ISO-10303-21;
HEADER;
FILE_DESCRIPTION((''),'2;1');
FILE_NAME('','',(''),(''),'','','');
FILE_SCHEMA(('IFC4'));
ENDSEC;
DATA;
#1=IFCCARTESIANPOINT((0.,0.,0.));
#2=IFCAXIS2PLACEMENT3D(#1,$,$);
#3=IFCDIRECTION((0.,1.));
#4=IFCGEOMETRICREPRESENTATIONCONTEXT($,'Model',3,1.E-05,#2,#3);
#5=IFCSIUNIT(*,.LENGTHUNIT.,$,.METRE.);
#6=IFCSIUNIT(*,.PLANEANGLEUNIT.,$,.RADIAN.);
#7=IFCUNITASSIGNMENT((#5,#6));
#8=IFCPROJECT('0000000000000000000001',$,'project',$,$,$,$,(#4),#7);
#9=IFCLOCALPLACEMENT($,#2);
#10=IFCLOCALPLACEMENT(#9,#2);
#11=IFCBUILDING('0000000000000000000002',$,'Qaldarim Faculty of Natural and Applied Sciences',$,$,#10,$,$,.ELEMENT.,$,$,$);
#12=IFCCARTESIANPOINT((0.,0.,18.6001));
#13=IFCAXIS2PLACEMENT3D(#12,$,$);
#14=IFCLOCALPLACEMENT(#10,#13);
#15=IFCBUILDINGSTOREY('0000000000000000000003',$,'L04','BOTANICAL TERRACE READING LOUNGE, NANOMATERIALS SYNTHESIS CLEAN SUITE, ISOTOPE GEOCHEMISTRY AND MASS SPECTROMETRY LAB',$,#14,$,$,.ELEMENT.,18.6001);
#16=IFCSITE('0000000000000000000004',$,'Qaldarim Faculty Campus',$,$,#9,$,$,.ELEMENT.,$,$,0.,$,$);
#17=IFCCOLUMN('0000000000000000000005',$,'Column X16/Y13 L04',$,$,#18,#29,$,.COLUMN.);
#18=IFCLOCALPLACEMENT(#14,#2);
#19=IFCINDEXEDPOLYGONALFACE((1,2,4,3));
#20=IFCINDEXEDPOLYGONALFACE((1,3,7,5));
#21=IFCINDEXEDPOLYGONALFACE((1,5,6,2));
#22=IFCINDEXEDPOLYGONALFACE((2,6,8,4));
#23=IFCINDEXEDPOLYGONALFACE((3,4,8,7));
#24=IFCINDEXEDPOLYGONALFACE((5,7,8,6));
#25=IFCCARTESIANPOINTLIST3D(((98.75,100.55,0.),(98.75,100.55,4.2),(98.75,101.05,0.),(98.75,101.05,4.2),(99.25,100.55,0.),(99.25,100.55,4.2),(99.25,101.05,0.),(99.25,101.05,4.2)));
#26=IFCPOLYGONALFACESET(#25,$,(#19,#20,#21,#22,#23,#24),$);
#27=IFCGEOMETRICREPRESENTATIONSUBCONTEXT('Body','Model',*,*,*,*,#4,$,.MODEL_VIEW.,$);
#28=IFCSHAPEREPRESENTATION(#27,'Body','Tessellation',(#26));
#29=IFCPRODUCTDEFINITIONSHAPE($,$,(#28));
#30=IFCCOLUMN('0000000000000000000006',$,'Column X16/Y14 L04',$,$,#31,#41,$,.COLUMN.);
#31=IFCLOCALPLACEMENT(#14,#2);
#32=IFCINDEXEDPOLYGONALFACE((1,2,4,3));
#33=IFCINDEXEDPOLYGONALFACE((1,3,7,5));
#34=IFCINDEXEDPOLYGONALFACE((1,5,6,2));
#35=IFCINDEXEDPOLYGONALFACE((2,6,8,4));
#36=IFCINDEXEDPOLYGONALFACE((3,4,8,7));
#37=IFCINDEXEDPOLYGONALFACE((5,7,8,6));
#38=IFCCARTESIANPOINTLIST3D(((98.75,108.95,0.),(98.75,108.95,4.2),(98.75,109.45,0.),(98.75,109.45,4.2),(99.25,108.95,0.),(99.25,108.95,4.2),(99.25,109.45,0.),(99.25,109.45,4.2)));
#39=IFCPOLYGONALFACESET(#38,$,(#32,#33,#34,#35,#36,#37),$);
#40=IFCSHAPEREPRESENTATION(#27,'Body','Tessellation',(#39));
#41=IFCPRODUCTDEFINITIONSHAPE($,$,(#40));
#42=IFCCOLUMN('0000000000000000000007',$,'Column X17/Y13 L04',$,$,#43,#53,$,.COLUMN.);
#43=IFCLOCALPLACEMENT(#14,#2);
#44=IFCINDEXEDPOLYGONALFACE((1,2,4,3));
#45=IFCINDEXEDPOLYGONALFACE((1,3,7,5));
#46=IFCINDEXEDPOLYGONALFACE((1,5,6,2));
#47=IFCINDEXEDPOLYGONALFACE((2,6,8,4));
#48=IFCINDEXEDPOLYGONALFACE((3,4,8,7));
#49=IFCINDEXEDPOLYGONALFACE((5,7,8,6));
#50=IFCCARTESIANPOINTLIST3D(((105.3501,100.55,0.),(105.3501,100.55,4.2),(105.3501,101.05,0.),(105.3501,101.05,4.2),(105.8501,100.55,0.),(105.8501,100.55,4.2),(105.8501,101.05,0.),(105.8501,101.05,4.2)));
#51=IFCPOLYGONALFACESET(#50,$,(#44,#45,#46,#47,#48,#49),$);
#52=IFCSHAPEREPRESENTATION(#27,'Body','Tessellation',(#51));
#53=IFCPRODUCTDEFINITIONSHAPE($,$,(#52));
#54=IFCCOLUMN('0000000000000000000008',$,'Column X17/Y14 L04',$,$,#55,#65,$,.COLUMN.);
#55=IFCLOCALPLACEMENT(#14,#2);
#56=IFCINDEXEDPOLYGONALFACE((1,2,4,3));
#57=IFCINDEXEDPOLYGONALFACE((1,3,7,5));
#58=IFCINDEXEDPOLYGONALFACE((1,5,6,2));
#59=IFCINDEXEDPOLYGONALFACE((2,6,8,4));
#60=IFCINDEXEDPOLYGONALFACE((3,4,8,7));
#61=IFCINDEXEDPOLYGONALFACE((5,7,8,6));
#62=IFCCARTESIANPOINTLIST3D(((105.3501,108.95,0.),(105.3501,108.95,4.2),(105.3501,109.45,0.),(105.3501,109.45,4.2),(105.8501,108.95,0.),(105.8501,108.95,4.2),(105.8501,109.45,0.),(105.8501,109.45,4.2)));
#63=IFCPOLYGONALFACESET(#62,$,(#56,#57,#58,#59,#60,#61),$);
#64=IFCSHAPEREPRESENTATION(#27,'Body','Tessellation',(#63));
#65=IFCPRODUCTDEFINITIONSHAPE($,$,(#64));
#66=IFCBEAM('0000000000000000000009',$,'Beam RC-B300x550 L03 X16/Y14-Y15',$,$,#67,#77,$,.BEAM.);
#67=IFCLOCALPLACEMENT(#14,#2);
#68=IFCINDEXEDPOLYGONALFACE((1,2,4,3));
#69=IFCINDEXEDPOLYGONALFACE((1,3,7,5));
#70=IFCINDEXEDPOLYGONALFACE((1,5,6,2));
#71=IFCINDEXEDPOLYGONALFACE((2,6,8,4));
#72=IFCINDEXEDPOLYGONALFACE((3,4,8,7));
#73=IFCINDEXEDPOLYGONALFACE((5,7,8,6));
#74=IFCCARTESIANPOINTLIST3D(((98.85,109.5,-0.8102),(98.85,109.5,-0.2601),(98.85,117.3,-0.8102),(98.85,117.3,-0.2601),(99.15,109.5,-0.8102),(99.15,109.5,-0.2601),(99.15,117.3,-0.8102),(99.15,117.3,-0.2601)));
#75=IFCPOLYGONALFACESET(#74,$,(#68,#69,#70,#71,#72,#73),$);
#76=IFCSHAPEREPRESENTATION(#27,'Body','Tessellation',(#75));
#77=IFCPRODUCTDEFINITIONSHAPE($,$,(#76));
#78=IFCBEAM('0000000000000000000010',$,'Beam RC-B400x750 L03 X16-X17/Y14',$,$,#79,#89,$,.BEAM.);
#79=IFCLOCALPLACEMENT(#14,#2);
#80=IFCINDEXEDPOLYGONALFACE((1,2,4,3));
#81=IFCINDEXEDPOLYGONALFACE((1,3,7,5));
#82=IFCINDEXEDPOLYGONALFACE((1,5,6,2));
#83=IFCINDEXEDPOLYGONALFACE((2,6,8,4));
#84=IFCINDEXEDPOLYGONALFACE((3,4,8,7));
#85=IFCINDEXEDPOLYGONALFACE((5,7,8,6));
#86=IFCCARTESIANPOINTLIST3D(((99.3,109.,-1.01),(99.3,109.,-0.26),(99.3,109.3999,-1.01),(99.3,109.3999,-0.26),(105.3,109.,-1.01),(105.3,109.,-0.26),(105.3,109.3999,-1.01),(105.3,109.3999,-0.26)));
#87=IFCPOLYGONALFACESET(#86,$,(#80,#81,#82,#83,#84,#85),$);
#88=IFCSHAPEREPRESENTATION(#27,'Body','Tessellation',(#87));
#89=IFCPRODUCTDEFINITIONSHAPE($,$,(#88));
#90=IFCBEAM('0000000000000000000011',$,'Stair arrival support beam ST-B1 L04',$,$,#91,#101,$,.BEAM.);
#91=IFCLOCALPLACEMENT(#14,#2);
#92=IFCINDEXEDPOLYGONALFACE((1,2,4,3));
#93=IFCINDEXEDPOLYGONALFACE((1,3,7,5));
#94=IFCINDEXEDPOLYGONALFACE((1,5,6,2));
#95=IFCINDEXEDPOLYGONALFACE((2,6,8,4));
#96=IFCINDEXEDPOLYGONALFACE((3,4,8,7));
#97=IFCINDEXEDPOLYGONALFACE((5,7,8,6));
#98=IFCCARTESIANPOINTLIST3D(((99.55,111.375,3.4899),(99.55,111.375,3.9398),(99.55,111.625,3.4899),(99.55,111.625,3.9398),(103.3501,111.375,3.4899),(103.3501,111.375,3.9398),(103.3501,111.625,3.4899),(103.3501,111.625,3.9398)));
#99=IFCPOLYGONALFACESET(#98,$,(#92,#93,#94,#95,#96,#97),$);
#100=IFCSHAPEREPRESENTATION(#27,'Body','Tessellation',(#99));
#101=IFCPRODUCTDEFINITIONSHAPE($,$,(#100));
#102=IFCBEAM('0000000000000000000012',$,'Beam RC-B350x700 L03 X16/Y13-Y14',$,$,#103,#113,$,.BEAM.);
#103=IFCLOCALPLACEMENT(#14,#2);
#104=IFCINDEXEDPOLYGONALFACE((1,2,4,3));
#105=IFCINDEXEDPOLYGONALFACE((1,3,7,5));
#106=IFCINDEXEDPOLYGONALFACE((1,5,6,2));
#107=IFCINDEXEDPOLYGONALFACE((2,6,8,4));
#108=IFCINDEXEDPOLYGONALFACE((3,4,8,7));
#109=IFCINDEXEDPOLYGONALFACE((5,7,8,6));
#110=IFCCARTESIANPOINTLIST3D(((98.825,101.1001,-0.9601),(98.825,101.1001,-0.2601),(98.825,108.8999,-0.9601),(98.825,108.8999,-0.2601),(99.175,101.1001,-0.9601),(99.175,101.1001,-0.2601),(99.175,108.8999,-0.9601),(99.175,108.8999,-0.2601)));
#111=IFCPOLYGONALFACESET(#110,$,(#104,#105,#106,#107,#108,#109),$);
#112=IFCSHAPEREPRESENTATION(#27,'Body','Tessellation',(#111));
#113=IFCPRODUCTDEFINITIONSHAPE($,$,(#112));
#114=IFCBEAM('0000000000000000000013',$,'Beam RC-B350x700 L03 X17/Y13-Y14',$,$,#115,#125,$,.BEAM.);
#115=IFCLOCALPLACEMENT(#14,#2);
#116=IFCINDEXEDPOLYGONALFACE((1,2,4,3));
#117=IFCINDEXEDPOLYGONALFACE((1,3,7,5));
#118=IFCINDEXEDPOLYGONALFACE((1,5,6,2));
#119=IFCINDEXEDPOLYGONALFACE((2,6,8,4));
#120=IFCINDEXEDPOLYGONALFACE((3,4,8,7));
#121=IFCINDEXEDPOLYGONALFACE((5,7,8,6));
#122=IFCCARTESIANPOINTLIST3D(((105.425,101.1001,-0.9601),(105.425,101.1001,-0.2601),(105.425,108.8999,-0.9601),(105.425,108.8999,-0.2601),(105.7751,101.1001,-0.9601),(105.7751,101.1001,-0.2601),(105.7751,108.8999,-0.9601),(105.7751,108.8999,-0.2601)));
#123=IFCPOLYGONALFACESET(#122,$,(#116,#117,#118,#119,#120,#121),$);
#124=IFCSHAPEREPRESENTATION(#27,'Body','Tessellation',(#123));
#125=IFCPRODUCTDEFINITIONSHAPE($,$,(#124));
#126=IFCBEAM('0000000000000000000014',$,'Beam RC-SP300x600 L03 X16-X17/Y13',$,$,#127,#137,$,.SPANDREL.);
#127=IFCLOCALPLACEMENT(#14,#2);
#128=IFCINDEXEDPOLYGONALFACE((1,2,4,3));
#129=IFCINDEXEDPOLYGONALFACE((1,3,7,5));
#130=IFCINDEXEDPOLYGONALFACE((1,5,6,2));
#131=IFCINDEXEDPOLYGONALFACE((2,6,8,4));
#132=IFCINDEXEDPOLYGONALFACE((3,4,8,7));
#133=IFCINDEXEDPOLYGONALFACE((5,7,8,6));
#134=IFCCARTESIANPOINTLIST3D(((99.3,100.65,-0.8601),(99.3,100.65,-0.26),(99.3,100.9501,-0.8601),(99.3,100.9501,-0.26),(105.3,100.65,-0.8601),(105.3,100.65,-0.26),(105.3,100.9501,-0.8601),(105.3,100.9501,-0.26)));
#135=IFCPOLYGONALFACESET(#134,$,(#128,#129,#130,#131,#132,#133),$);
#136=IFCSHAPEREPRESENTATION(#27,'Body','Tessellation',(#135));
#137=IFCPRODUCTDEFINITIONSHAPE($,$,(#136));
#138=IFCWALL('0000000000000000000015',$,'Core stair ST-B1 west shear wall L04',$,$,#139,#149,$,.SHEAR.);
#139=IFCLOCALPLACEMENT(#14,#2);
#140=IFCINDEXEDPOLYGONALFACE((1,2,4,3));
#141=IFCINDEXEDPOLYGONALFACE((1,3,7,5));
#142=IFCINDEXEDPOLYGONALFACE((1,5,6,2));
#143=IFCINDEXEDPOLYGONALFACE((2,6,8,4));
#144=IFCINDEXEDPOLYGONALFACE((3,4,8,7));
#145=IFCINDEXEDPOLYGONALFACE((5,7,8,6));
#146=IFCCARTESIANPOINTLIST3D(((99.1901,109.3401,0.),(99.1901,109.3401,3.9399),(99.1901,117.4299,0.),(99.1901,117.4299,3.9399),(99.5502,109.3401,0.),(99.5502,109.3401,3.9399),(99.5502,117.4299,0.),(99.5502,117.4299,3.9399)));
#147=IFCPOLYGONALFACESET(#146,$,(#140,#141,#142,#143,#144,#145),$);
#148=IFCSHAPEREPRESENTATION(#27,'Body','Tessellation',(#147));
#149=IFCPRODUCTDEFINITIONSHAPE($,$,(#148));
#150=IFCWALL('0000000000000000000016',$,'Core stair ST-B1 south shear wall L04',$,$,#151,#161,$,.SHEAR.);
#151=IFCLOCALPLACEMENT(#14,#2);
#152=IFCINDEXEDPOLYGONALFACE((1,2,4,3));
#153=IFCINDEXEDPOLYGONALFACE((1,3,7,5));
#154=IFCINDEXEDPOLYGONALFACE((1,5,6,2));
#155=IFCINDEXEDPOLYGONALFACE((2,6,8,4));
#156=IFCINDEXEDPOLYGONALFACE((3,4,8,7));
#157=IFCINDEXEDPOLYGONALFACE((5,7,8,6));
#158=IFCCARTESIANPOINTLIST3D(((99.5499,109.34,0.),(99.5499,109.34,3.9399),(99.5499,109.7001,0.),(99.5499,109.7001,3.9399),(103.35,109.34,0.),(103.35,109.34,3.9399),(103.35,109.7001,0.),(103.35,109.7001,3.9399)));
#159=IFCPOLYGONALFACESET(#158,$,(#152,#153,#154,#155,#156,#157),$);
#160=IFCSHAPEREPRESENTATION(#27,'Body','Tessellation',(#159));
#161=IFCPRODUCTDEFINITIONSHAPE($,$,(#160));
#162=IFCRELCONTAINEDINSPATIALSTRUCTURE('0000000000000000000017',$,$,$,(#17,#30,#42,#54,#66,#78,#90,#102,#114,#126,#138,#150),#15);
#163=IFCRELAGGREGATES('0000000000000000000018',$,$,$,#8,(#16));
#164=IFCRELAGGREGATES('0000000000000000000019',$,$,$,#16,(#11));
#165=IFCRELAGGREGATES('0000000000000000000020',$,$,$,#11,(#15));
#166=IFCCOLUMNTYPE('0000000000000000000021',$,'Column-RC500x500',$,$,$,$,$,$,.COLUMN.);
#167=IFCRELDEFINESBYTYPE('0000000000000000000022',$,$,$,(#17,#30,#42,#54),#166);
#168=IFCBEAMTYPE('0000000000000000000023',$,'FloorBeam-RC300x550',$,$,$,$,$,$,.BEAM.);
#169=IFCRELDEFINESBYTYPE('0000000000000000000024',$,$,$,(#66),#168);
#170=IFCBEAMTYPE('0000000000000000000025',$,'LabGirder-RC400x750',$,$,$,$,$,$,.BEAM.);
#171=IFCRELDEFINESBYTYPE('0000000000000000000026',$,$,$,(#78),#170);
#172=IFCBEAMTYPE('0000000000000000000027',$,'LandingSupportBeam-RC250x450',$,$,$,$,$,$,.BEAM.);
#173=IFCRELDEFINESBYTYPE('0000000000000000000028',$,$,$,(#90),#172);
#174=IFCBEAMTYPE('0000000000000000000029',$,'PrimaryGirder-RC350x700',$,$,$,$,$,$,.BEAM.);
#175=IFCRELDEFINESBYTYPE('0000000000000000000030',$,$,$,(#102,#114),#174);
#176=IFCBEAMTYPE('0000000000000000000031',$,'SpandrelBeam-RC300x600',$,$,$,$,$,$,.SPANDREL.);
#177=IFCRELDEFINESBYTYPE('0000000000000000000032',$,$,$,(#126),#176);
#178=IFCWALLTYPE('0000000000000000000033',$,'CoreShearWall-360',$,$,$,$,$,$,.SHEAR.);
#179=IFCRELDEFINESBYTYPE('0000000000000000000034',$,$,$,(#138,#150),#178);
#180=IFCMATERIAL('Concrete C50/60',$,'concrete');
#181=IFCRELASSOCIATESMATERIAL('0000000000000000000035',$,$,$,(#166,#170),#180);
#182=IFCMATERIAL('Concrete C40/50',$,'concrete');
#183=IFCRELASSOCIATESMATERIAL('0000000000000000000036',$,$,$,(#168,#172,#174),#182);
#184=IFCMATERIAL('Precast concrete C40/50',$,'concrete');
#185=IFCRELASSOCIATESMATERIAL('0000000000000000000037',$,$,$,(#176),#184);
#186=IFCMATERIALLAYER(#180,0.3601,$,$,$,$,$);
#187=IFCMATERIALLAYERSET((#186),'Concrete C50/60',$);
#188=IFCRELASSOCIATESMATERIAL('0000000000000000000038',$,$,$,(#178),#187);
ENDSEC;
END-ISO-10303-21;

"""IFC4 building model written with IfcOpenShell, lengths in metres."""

from ifc_helpers import new_model, si_unit, direction, frame, frame_2d, origin, origin_2d, place, context, subcontext, project, spatial, rectangle, extrude, material, layer, layer_set, material_profile, profile_set, type_object, element, save


model = new_model("IFC4")

# Units and contexts
model_context = context("Model", 3, precision=1e-05, world=origin(), true_north=direction((0.0, 1.0)))
body_context = subcontext(model_context, "Body", "Model", "MODEL_VIEW")
ifc_project = project(units=[si_unit("LENGTHUNIT", "METRE"), si_unit("PLANEANGLEUNIT", "RADIAN")], contexts=[model_context])

# Site, building, storey
site_placement = place(None, origin())
site = spatial("IfcSite", under=ifc_project, at=site_placement, Name="Qaldarim Faculty Campus", CompositionType="ELEMENT", RefElevation=0.0)
building_placement = place(site_placement, origin())
building = spatial("IfcBuilding", under=site, at=building_placement, Name="Qaldarim Faculty of Natural and Applied Sciences", CompositionType="ELEMENT")
storey_placement = place(building_placement, frame((0.0, 0.0, 18.6001)))
storey = spatial("IfcBuildingStorey", under=building, at=storey_placement, Name="L04", Description="BOTANICAL TERRACE READING LOUNGE, NANOMATERIALS SYNTHESIS CLEAN SUITE, ISOTOPE GEOCHEMISTRY AND MASS SPECTROMETRY LAB", CompositionType="ELEMENT", Elevation=18.6001)

# Columns
ifc_material_1 = material(Name="Concrete C50/60", Category="concrete")
ifc_material_profile_1 = material_profile(ifc_material_1, rectangle(XDim=0.5, YDim=0.5, at=origin_2d()), Name="RC-C500x500")
ifc_profile_set_1 = profile_set([ifc_material_profile_1], Name="Concrete C50/60")
column_type = type_object("IfcColumnType", Name="Column-RC500x500", PredefinedType="COLUMN", material=ifc_profile_set_1)
for number, where, z_axis, x_axis, name in (
    (1, (99.0, 100.8, 0.0), (0.0, 0.0, 1.0), (1.0, 0.0, 0.0), "Column X16/Y13 L04"),
    (2, (99.0, 109.2, 0.0), (0.0, 0.0, 1.0), (1.0, 0.0, 0.0), "Column X16/Y14 L04"),
    (3, (105.6001, 100.8, 0.0), (0.0, 0.0, 1.0), (1.0, 0.0, 0.0), "Column X17/Y13 L04"),
    (4, (105.6001, 109.2, 0.0), (0.0, 0.0, 1.0), (1.0, 0.0, 0.0), "Column X17/Y14 L04"),
):
    element("IfcColumn", number, at=place(storey_placement, frame(where, z_axis=z_axis, x_axis=x_axis)), inside=storey, type_object=column_type, Name=name, PredefinedType="COLUMN", context=body_context, shape_type="SweptSolid", body=[
        extrude(rectangle(XDim=0.5, YDim=0.5, at=origin_2d()), origin(), (0.0, 0.0, 1.0), 4.2),
    ])

# Beams
ifc_material_2 = material(Name="Concrete C40/50", Category="concrete")
ifc_material_profile_2 = material_profile(ifc_material_2, rectangle(XDim=0.3, YDim=0.55, at=origin_2d()), Name="RC-B300x550")
ifc_profile_set_2 = profile_set([ifc_material_profile_2], Name="Concrete C40/50")
beam_type_1 = type_object("IfcBeamType", Name="FloorBeam-RC300x550", PredefinedType="BEAM", material=ifc_profile_set_2)
beam_1_placement = place(storey_placement, frame((99.0, 109.5, -0.5352), z_axis=(0.0, 1.0, 0.0), x_axis=(-1.0, 0.0, 0.0)))
element("IfcBeam", 5, at=beam_1_placement, inside=storey, type_object=beam_type_1, Name="Beam RC-B300x550 L03 X16/Y14-Y15", PredefinedType="BEAM", context=body_context, shape_type="SweptSolid", body=[
    extrude(rectangle(XDim=0.3, YDim=0.55, at=origin_2d()), origin(), (0.0, 0.0, 1.0), 7.8),
])
ifc_material_profile_3 = material_profile(ifc_material_1, rectangle(XDim=0.3999, YDim=0.75, at=origin_2d()), Name="RC-B400x750")
ifc_profile_set_3 = profile_set([ifc_material_profile_3], Name="Concrete C50/60")
beam_type_2 = type_object("IfcBeamType", Name="LabGirder-RC400x750", PredefinedType="BEAM", material=ifc_profile_set_3)
beam_2_placement = place(storey_placement, frame((99.3, 109.2, -0.635), z_axis=(1.0, 0.0, 0.0), x_axis=(0.0, 1.0, 0.0)))
element("IfcBeam", 6, at=beam_2_placement, inside=storey, type_object=beam_type_2, Name="Beam RC-B400x750 L03 X16-X17/Y14", PredefinedType="BEAM", context=body_context, shape_type="SweptSolid", body=[
    extrude(rectangle(XDim=0.3999, YDim=0.75, at=origin_2d()), origin(), (0.0, 0.0, 1.0), 6.0),
])
ifc_material_profile_4 = material_profile(ifc_material_2, rectangle(XDim=0.25, YDim=0.45, at=origin_2d()), Name="RC-LN250x450")
ifc_profile_set_4 = profile_set([ifc_material_profile_4], Name="Concrete C40/50")
beam_type_3 = type_object("IfcBeamType", Name="LandingSupportBeam-RC250x450", PredefinedType="BEAM", material=ifc_profile_set_4)
beam_3_placement = place(storey_placement, frame((99.55, 111.5, 3.7148), z_axis=(1.0, 0.0, 0.0), x_axis=(0.0, 1.0, 0.0)))
element("IfcBeam", 7, at=beam_3_placement, inside=storey, type_object=beam_type_3, Name="Stair arrival support beam ST-B1 L04", PredefinedType="BEAM", context=body_context, shape_type="SweptSolid", body=[
    extrude(rectangle(XDim=0.25, YDim=0.45, at=origin_2d()), origin(), (0.0, 0.0, 1.0), 3.8),
])
ifc_material_profile_5 = material_profile(ifc_material_2, rectangle(XDim=0.3501, YDim=0.7, at=origin_2d()), Name="RC-B350x700")
ifc_profile_set_5 = profile_set([ifc_material_profile_5], Name="Concrete C40/50")
beam_type_4 = type_object("IfcBeamType", Name="PrimaryGirder-RC350x700", PredefinedType="BEAM", material=ifc_profile_set_5)
for number, where, z_axis, x_axis, name in (
    (8, (99.0, 101.1001, -0.6101), (0.0, 1.0, 0.0), (-1.0, 0.0, 0.0), "Beam RC-B350x700 L03 X16/Y13-Y14"),
    (9, (105.6001, 101.1001, -0.6101), (0.0, 1.0, 0.0), (-1.0, 0.0, 0.0), "Beam RC-B350x700 L03 X17/Y13-Y14"),
):
    element("IfcBeam", number, at=place(storey_placement, frame(where, z_axis=z_axis, x_axis=x_axis)), inside=storey, type_object=beam_type_4, Name=name, PredefinedType="BEAM", context=body_context, shape_type="SweptSolid", body=[
        extrude(rectangle(XDim=0.3501, YDim=0.7, at=origin_2d()), origin(), (0.0, 0.0, 1.0), 7.7998),
    ])
ifc_material_3 = material(Name="Precast concrete C40/50", Category="concrete")
ifc_material_profile_6 = material_profile(ifc_material_3, rectangle(XDim=0.3, YDim=0.6001, at=origin_2d()), Name="RC-SP300x600")
ifc_profile_set_6 = profile_set([ifc_material_profile_6], Name="Precast concrete C40/50")
beam_type_5 = type_object("IfcBeamType", Name="SpandrelBeam-RC300x600", PredefinedType="SPANDREL", material=ifc_profile_set_6)
beam_4_placement = place(storey_placement, frame((99.3, 100.8, -0.5601), z_axis=(1.0, 0.0, 0.0), x_axis=(0.0, 1.0, 0.0)))
element("IfcBeam", 10, at=beam_4_placement, inside=storey, type_object=beam_type_5, Name="Beam RC-SP300x600 L03 X16-X17/Y13", PredefinedType="SPANDREL", context=body_context, shape_type="SweptSolid", body=[
    extrude(rectangle(XDim=0.3, YDim=0.6001, at=origin_2d()), origin(), (0.0, 0.0, 1.0), 6.0),
])

# Wall
ifc_layer_1 = layer(ifc_material_1, 0.3601)
ifc_layer_set_1 = layer_set([ifc_layer_1], Name="Concrete C50/60")
wall_type_1 = type_object("IfcWallType", Name="CoreShearWall-360", PredefinedType="SHEAR", material=ifc_layer_set_1)
wall_1_placement = place(storey_placement, frame((99.3701, 109.3401, 0.0), z_axis=(0.0, 0.0, 1.0), x_axis=(0.0, 1.0, 0.0)))
element("IfcWall", 11, at=wall_1_placement, inside=storey, type_object=wall_type_1, Name="Core stair ST-B1 west shear wall L04", PredefinedType="SHEAR", context=body_context, shape_type="SweptSolid", body=[
    extrude(rectangle(XDim=8.0898, YDim=0.3601, at=frame_2d((4.0449, 0.0))), origin(), (0.0, 0.0, 1.0), 3.9399),
])

# Wall
wall_2_placement = place(storey_placement, frame((99.55, 109.52, 0.0), z_axis=(0.0, 0.0, 1.0), x_axis=(1.0, 0.0, 0.0)))
element("IfcWall", 12, at=wall_2_placement, inside=storey, type_object=wall_type_1, Name="Core stair ST-B1 south shear wall L04", PredefinedType="SHEAR", context=body_context, shape_type="SweptSolid", body=[
    extrude(rectangle(XDim=3.8, YDim=0.3601, at=frame_2d((1.8999, 0.0))), origin(), (0.0, 0.0, 1.0), 3.9399),
])

save(model, "model.ifc")
